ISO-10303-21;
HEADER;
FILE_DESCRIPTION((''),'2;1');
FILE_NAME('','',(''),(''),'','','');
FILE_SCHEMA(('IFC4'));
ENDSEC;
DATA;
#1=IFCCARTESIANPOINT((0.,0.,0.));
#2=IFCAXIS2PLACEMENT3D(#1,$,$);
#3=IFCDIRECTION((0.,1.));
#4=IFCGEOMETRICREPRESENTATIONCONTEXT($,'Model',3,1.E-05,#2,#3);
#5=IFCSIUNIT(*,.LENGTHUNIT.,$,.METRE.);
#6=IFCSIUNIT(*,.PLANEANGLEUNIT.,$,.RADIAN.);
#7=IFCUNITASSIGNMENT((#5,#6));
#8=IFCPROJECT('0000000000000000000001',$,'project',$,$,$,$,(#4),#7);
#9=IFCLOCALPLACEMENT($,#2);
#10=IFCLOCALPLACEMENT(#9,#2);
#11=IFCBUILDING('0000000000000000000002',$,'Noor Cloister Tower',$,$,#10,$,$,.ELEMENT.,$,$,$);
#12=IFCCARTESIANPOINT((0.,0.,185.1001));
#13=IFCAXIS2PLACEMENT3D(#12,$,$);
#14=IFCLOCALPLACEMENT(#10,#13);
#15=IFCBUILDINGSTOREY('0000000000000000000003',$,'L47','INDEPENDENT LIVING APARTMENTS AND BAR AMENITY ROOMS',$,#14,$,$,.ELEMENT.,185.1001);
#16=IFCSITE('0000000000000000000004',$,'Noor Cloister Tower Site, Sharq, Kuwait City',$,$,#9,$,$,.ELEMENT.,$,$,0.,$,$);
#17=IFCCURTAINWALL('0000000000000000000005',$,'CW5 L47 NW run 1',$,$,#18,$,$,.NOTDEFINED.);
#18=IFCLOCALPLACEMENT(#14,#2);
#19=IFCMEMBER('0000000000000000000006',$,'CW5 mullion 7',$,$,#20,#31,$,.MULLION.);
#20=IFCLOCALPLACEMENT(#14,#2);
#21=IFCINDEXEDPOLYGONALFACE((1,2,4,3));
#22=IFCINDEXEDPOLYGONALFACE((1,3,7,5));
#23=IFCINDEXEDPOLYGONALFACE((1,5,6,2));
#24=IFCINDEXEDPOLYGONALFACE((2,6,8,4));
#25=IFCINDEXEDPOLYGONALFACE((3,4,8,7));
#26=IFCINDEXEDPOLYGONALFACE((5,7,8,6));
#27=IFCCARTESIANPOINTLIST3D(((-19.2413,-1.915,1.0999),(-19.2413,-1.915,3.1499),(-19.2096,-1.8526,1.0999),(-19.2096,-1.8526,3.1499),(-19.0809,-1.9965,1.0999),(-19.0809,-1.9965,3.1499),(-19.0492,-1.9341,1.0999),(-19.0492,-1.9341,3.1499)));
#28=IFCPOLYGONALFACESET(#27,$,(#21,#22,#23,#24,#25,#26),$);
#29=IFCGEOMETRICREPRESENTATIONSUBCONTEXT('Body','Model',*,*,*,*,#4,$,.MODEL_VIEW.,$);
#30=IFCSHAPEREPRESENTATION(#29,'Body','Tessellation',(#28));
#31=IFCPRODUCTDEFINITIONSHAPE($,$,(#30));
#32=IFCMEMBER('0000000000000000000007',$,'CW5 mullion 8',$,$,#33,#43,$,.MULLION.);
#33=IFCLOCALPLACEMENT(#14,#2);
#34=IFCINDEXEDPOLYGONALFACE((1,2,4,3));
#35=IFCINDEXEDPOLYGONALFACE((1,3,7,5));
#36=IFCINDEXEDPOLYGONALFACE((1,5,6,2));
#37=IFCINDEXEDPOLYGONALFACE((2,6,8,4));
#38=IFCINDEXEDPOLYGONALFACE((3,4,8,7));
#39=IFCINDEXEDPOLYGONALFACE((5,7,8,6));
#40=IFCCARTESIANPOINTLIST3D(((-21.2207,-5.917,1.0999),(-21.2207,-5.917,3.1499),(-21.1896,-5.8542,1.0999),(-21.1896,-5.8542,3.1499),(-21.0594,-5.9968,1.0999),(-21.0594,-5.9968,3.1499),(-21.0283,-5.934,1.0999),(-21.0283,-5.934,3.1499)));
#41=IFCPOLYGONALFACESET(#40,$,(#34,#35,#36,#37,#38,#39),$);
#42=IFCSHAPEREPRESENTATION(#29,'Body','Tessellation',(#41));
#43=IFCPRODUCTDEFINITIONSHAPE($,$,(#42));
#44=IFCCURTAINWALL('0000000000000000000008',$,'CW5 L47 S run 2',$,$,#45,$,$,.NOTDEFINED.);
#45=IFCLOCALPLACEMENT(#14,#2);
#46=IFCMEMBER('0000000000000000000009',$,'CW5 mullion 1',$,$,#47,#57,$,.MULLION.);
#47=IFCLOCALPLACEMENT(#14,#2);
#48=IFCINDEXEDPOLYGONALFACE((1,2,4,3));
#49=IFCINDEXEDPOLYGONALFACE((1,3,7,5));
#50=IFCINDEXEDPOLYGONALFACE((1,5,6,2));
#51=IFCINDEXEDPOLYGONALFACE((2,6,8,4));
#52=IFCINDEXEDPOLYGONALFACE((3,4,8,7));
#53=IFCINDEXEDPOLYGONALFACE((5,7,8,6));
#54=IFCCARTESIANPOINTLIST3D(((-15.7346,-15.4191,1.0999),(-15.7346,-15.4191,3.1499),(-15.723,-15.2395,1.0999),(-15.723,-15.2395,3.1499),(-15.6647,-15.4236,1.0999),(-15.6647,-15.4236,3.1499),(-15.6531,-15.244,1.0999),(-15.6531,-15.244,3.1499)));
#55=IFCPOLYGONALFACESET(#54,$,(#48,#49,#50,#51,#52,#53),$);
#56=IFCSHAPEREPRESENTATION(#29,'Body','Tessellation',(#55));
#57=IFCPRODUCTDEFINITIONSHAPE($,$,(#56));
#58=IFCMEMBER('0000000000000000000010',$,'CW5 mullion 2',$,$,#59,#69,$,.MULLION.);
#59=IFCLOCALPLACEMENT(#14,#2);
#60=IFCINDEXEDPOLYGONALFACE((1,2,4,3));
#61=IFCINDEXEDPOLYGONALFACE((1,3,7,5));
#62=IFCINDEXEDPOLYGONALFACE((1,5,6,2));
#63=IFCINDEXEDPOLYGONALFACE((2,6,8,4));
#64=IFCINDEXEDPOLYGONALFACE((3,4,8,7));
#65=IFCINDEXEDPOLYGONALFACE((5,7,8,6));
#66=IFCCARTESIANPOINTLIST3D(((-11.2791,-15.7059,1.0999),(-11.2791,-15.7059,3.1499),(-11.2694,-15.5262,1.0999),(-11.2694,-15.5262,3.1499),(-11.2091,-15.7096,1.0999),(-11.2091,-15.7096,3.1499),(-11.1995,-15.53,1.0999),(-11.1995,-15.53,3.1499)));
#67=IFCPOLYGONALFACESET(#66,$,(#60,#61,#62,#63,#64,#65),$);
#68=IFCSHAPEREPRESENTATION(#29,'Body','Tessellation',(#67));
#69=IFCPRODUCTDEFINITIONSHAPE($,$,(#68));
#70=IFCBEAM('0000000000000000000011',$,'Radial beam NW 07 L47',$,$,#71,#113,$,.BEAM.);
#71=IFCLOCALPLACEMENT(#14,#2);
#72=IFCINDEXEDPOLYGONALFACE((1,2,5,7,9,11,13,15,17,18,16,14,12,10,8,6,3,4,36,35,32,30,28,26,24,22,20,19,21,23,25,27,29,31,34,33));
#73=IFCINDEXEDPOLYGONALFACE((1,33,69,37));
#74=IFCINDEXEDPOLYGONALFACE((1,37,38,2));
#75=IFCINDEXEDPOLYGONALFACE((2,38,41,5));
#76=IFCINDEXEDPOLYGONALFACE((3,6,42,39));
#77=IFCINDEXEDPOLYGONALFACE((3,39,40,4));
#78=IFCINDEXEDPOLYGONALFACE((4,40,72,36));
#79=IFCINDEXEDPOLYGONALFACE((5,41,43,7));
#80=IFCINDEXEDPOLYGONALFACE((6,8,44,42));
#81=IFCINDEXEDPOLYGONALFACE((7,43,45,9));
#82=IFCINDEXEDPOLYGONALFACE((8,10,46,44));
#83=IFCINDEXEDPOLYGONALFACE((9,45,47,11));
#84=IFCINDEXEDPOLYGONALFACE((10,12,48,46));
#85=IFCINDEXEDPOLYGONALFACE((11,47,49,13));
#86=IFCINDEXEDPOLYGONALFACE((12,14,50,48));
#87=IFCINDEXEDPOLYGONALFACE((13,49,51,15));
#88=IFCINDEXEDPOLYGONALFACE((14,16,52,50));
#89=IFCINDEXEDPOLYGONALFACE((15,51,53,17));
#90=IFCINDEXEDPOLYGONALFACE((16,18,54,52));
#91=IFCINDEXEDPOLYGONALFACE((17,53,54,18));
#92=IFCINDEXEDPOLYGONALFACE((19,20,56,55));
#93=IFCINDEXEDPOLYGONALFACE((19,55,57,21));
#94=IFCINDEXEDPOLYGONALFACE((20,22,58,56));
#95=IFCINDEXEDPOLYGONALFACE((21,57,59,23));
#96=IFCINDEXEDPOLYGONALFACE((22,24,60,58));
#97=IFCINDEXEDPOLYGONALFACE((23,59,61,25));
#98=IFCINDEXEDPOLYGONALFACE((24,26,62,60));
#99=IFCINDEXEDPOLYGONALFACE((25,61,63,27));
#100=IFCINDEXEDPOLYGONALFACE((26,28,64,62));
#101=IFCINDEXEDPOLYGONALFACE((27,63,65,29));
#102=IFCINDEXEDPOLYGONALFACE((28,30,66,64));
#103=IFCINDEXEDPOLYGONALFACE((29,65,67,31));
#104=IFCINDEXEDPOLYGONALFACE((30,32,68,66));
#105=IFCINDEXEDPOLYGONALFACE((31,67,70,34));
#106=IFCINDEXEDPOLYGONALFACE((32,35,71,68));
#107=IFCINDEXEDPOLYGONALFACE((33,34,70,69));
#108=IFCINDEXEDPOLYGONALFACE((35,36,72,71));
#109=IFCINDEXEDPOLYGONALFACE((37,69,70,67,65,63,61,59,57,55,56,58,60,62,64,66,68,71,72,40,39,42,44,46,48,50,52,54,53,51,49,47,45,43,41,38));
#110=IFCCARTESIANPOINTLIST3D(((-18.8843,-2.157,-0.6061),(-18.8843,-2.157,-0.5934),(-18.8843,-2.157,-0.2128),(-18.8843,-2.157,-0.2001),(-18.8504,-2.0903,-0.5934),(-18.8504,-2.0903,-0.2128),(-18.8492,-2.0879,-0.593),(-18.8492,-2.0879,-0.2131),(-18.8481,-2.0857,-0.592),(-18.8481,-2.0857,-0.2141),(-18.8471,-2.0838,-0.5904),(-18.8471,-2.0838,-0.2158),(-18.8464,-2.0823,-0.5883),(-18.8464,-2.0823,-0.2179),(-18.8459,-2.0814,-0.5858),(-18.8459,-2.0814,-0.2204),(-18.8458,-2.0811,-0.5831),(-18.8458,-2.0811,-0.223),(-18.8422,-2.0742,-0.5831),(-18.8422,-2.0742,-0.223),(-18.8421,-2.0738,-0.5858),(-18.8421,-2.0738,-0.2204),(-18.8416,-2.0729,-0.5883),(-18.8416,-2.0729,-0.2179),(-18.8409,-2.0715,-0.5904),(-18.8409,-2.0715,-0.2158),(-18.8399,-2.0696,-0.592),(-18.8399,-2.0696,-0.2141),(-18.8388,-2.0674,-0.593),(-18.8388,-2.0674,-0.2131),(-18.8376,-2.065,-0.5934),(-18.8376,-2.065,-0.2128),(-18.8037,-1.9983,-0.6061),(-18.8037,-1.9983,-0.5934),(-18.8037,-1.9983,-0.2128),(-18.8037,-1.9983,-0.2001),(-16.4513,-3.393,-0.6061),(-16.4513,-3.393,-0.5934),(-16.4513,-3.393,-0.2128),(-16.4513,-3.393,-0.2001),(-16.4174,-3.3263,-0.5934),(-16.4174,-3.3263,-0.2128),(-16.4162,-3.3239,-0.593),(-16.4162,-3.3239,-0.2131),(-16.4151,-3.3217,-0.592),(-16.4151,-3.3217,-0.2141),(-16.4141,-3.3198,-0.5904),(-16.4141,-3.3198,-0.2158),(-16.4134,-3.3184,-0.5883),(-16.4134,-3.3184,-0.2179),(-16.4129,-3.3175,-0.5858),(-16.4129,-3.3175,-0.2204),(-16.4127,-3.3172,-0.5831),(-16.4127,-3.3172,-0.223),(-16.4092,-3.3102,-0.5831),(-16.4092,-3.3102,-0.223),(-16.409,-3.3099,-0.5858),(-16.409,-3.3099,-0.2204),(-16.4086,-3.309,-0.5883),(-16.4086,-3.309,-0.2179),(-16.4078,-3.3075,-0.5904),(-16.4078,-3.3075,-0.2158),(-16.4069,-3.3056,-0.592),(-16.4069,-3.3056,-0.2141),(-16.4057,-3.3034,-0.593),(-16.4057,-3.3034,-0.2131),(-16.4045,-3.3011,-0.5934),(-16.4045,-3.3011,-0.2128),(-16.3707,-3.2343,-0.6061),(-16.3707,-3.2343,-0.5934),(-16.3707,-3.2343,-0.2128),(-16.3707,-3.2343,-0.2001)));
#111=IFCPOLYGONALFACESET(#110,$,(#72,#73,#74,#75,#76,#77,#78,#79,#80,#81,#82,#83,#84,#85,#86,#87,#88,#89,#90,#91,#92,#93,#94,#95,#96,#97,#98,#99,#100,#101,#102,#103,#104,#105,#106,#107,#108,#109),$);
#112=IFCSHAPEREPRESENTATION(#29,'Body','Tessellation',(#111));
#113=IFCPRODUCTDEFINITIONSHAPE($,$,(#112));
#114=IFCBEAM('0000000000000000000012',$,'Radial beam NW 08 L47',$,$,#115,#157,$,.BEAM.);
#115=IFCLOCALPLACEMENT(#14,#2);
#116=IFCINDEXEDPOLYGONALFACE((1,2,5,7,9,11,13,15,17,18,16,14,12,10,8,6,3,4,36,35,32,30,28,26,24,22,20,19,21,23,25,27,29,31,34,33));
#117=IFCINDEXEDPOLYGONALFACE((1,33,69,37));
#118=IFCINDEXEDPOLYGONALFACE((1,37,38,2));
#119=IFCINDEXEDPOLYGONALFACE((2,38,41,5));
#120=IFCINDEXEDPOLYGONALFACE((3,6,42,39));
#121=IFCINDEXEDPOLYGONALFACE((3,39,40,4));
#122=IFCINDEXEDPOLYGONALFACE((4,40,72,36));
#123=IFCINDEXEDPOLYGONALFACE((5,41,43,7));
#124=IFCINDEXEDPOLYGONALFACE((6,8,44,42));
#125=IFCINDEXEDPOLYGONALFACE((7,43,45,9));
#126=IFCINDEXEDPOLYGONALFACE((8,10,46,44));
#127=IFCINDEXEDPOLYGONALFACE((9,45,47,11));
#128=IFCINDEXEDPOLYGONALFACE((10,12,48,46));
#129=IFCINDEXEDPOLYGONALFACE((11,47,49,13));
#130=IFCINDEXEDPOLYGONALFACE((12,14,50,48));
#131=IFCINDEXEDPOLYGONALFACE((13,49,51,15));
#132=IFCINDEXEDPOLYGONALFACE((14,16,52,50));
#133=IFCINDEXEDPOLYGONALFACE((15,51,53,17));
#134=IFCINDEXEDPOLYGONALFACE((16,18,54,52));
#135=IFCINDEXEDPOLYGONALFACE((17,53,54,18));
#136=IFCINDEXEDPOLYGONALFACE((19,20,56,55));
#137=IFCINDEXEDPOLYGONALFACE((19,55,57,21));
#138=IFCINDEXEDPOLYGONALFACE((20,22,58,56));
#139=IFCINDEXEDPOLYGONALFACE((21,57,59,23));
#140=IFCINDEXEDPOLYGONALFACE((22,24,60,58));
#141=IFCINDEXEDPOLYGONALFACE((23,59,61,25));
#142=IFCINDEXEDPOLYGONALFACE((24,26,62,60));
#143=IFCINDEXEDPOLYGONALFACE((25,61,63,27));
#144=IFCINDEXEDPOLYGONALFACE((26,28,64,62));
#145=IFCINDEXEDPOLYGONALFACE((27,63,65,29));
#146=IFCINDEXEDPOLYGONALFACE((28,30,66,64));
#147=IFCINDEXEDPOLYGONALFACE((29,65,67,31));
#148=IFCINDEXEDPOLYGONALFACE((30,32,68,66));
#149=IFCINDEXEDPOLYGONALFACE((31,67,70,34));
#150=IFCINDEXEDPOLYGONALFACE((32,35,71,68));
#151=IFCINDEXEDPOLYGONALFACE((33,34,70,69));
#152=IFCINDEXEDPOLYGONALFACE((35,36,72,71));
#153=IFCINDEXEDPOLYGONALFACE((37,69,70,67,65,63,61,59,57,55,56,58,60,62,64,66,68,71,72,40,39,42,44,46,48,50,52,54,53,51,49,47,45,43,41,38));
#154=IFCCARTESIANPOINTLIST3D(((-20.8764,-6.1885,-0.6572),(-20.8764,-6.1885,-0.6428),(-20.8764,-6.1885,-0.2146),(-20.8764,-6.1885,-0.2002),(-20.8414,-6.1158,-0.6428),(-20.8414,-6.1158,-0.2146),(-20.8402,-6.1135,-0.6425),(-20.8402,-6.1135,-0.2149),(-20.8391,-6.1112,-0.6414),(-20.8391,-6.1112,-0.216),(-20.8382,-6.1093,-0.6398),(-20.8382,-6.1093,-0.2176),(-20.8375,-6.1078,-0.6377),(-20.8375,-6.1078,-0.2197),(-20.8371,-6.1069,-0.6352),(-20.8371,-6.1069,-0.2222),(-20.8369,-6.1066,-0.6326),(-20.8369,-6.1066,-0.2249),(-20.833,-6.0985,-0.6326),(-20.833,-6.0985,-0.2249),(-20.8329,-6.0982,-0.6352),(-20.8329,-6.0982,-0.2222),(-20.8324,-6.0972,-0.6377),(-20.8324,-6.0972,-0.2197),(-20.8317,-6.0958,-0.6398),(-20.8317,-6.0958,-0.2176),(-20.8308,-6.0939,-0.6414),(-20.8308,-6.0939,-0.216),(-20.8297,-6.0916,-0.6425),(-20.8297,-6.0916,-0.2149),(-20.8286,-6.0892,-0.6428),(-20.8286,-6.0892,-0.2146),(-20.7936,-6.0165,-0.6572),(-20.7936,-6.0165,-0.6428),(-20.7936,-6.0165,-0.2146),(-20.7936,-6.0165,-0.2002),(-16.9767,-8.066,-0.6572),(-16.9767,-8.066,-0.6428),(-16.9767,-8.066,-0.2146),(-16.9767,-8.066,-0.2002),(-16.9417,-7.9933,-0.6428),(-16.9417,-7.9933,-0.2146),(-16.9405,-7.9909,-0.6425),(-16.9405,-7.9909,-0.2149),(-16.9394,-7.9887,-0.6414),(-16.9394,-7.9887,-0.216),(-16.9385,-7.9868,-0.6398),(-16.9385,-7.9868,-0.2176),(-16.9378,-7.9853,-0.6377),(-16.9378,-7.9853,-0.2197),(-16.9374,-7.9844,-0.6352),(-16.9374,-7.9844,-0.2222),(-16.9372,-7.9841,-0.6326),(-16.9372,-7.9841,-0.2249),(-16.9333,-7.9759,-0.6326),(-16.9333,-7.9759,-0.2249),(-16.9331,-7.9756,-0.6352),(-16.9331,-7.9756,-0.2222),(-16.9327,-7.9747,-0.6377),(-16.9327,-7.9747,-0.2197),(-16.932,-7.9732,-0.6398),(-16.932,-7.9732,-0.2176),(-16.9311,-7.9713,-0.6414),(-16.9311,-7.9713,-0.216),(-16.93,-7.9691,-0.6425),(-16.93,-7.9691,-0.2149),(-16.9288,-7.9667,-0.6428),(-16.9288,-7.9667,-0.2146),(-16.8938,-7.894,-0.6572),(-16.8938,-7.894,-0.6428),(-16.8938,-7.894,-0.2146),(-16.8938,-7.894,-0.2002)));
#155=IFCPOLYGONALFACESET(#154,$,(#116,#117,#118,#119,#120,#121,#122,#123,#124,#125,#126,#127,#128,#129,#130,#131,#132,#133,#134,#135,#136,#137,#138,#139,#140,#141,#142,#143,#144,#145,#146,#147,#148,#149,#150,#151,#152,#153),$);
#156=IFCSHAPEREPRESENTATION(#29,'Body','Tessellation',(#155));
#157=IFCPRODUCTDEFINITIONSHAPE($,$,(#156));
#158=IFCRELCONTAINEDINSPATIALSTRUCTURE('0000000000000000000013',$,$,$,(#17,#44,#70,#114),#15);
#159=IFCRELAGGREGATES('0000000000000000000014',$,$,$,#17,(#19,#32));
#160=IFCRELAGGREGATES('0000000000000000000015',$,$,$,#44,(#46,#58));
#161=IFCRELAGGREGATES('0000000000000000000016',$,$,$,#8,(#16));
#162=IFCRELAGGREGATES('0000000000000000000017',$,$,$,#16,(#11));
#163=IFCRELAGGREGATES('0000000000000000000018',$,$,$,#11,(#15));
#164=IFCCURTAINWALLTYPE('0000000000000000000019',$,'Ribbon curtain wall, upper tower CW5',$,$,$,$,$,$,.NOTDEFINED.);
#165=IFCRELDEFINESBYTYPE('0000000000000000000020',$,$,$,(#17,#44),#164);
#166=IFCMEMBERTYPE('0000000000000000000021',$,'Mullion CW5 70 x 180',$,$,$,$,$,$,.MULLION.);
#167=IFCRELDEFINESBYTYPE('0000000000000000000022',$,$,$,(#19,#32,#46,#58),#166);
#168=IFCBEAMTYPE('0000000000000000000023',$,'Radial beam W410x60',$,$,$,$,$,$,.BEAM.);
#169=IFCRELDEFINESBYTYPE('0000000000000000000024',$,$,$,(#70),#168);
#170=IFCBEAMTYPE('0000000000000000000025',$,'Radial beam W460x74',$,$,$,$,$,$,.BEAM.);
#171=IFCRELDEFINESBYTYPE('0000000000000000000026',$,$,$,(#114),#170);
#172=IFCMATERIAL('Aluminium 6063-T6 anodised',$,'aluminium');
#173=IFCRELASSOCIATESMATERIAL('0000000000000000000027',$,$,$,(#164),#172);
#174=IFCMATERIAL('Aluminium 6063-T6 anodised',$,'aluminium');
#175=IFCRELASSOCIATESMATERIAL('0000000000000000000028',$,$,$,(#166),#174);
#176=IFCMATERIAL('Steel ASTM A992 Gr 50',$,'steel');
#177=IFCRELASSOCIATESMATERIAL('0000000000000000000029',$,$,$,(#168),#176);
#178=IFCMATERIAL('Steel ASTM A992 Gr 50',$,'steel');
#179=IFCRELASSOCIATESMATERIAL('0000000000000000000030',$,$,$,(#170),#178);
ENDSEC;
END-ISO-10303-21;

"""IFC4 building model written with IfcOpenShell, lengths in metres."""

from ifc_helpers import new_model, si_unit, direction, frame, origin, origin_2d, place, context, subcontext, project, spatial, rectangle, i_section, extrude, material, material_profile, profile_set, type_object, element, aggregate, save


model = new_model("IFC4")

# Units and contexts
model_context = context("Model", 3, precision=1e-05, world=origin(), true_north=direction((0.0, 1.0)))
body_context = subcontext(model_context, "Body", "Model", "MODEL_VIEW")
ifc_project = project(units=[si_unit("LENGTHUNIT", "METRE"), si_unit("PLANEANGLEUNIT", "RADIAN")], contexts=[model_context])

# Site, building, storey
site_placement = place(None, origin())
site = spatial("IfcSite", under=ifc_project, at=site_placement, Name="Noor Cloister Tower Site, Sharq, Kuwait City", CompositionType="ELEMENT", RefElevation=0.0)
building_placement = place(site_placement, origin())
building = spatial("IfcBuilding", under=site, at=building_placement, Name="Noor Cloister Tower", CompositionType="ELEMENT")
storey_placement = place(building_placement, frame((0.0, 0.0, 185.1001)))
storey = spatial("IfcBuildingStorey", under=building, at=storey_placement, Name="L47", Description="INDEPENDENT LIVING APARTMENTS AND BAR AMENITY ROOMS", CompositionType="ELEMENT", Elevation=185.1001)

# Curtain walls, members
ifc_material_1 = material(Name="Aluminium 6063-T6 anodised", Category="aluminium")
curtain_wall_type = type_object("IfcCurtainWallType", Name="Ribbon curtain wall, upper tower CW5", PredefinedType="NOTDEFINED", material=ifc_material_1)
curtain_wall_1_placement = place(storey_placement, origin())
curtain_wall_1 = element("IfcCurtainWall", 1, at=curtain_wall_1_placement, inside=storey, type_object=curtain_wall_type, Name="CW5 L47 NW run 1", PredefinedType="NOTDEFINED")
ifc_material_2 = material(Name="Aluminium 6063-T6 anodised", Category="aluminium")
ifc_material_profile_1 = material_profile(ifc_material_2, rectangle(XDim=0.1799, YDim=0.0701, at=origin_2d()), Name="180 x 70 mullion")
ifc_profile_set_1 = profile_set([ifc_material_profile_1], Name="Aluminium 6063-T6 anodised")
member_type = type_object("IfcMemberType", Name="Mullion CW5 70 x 180", PredefinedType="MULLION", material=ifc_profile_set_1)
member_1_placement = place(storey_placement, frame((-19.1453, -1.9246, 1.0999), z_axis=(0.0, 0.0, 1.0), x_axis=(0.891533, -0.452956, 0.0)))
member_1 = element("IfcMember", 2, at=member_1_placement, type_object=member_type, Name="CW5 mullion 7", PredefinedType="MULLION", context=body_context, shape_type="SweptSolid", body=[
    extrude(rectangle(XDim=0.1799, YDim=0.0701, at=origin_2d()), origin(), (0.0, 0.0, 1.0), 2.05),
])
member_2_placement = place(storey_placement, frame((-21.1245, -5.9255, 1.0999), z_axis=(0.0, 0.0, 1.0), x_axis=(0.89633, -0.443388, 0.0)))
member_2 = element("IfcMember", 3, at=member_2_placement, type_object=member_type, Name="CW5 mullion 8", PredefinedType="MULLION", context=body_context, shape_type="SweptSolid", body=[
    extrude(rectangle(XDim=0.1799, YDim=0.0701, at=origin_2d()), origin(), (0.0, 0.0, 1.0), 2.05),
])
curtain_wall_2_placement = place(storey_placement, origin())
curtain_wall_2 = element("IfcCurtainWall", 4, at=curtain_wall_2_placement, inside=storey, type_object=curtain_wall_type, Name="CW5 L47 S run 2", PredefinedType="NOTDEFINED")
member_3_placement = place(storey_placement, frame((-15.6938, -15.3315, 1.0999), z_axis=(0.0, 0.0, 1.0), x_axis=(0.06418, 0.997938, 0.0)))
member_3 = element("IfcMember", 5, at=member_3_placement, type_object=member_type, Name="CW5 mullion 1", PredefinedType="MULLION", context=body_context, shape_type="SweptSolid", body=[
    extrude(rectangle(XDim=0.1799, YDim=0.0701, at=origin_2d()), origin(), (0.0, 0.0, 1.0), 2.05),
])
member_4_placement = place(storey_placement, frame((-11.2393, -15.6179, 1.0999), z_axis=(0.0, 0.0, 1.0), x_axis=(0.053495, 0.998568, 0.0)))
member_4 = element("IfcMember", 6, at=member_4_placement, type_object=member_type, Name="CW5 mullion 2", PredefinedType="MULLION", context=body_context, shape_type="SweptSolid", body=[
    extrude(rectangle(XDim=0.1799, YDim=0.0701, at=origin_2d()), origin(), (0.0, 0.0, 1.0), 2.05),
])

# Beams
ifc_material_3 = material(Name="Steel ASTM A992 Gr 50", Category="steel")
ifc_material_profile_2 = material_profile(ifc_material_3, i_section(OverallWidth=0.178, OverallDepth=0.406, WebThickness=0.0078, FlangeThickness=0.0127, FilletRadius=0.0103, at=origin_2d()), Name="W410x60")
ifc_profile_set_2 = profile_set([ifc_material_profile_2], Name="Steel ASTM A992 Gr 50")
beam_type_1 = type_object("IfcBeamType", Name="Radial beam W410x60", PredefinedType="BEAM", material=ifc_profile_set_2)
beam_1_placement = place(storey_placement, frame((-18.844, -2.0776, -0.4031), z_axis=(0.891546, -0.45293, 0.0), x_axis=(0.45293, 0.891546, 0.0)))
element("IfcBeam", 7, at=beam_1_placement, inside=storey, type_object=beam_type_1, Name="Radial beam NW 07 L47", PredefinedType="BEAM", context=body_context, shape_type="SweptSolid", body=[
    extrude(i_section(OverallWidth=0.178, OverallDepth=0.406, WebThickness=0.0078, FlangeThickness=0.0127, FilletRadius=0.0103, at=origin_2d()), origin(), (0.0, 0.0, 1.0), 2.729),
])
ifc_material_4 = material(Name="Steel ASTM A992 Gr 50", Category="steel")
ifc_material_profile_3 = material_profile(ifc_material_4, i_section(OverallWidth=0.1909, OverallDepth=0.457, WebThickness=0.009, FlangeThickness=0.0144, FilletRadius=0.0103, at=origin_2d()), Name="W460x74")
ifc_profile_set_3 = profile_set([ifc_material_profile_3], Name="Steel ASTM A992 Gr 50")
beam_type_2 = type_object("IfcBeamType", Name="Radial beam W460x74", PredefinedType="BEAM", material=ifc_profile_set_3)
beam_2_placement = place(storey_placement, frame((-20.835, -6.1025, -0.4287), z_axis=(0.901017, -0.433783, 0.0), x_axis=(0.433783, 0.901017, 0.0)))
element("IfcBeam", 8, at=beam_2_placement, inside=storey, type_object=beam_type_2, Name="Radial beam NW 08 L47", PredefinedType="BEAM", context=body_context, shape_type="SweptSolid", body=[
    extrude(i_section(OverallWidth=0.1909, OverallDepth=0.457, WebThickness=0.009, FlangeThickness=0.0144, FilletRadius=0.0103, at=origin_2d()), origin(), (0.0, 0.0, 1.0), 4.3281),
])

aggregate(curtain_wall_1, [member_1, member_2])
aggregate(curtain_wall_2, [member_3, member_4])

save(model, "model.ifc")
